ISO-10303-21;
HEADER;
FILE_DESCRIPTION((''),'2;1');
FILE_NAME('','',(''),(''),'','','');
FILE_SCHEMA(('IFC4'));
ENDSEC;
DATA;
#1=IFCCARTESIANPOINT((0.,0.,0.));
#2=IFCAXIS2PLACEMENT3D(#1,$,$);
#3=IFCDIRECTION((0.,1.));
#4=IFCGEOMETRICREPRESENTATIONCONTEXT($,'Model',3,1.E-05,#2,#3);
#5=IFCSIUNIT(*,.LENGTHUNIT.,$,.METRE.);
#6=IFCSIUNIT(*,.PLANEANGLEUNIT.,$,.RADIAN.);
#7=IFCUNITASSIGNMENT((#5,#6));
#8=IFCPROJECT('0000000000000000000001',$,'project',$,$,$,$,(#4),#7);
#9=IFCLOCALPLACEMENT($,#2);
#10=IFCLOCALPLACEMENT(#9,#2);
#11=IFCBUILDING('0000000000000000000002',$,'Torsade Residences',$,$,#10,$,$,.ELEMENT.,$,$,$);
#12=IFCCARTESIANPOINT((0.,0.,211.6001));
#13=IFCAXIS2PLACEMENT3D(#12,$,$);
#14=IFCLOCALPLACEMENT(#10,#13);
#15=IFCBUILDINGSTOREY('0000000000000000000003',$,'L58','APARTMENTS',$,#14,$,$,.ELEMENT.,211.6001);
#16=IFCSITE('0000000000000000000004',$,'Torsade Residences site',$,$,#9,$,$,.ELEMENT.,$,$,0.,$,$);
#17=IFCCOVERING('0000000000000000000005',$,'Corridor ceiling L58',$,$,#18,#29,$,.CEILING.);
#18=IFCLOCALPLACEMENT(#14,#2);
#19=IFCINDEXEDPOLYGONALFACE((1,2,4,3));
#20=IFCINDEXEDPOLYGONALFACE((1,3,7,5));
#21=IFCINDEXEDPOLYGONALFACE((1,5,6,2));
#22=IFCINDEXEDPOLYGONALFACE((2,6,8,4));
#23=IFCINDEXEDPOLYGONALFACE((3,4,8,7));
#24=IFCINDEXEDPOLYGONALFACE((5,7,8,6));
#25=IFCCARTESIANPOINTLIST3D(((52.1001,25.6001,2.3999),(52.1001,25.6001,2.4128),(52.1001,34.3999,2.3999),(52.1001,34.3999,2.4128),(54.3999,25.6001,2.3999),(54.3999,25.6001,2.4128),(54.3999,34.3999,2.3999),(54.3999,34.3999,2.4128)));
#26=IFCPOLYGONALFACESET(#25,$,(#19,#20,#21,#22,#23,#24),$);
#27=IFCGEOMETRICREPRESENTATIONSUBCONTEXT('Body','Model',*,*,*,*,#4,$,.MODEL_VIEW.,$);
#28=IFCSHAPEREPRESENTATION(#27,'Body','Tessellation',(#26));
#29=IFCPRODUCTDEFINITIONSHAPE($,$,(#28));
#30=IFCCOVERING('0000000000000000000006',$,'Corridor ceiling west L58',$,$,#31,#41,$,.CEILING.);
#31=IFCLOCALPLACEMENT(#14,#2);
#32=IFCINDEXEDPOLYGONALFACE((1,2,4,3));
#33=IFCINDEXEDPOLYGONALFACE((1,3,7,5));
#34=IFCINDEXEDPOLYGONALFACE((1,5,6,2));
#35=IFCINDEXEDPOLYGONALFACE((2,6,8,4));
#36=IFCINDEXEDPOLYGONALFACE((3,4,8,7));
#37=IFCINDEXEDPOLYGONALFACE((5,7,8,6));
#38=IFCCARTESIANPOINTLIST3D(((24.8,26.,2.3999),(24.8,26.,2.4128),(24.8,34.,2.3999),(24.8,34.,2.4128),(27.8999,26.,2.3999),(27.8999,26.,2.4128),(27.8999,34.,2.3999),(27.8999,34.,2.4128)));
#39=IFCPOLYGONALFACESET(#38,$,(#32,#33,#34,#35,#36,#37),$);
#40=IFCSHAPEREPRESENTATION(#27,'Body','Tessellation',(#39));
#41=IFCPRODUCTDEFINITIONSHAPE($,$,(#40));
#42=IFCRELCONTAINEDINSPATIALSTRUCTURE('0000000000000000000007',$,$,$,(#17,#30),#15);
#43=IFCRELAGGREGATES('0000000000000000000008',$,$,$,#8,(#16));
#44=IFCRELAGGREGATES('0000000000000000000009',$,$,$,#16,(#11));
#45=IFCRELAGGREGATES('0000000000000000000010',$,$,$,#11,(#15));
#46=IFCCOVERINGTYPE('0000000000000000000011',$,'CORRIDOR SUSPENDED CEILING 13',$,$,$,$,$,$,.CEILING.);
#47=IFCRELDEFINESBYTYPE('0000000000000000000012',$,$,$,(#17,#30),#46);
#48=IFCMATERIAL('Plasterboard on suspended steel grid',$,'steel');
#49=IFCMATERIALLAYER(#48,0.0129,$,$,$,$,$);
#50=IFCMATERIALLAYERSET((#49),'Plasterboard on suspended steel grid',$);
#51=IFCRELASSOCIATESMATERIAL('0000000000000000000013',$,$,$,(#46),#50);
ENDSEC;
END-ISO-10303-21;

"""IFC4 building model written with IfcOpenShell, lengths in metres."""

from ifc_helpers import new_model, si_unit, direction, frame, origin, place, context, subcontext, project, spatial, polyline, outline, extrude, material, layer, layer_set, type_object, element, save


model = new_model("IFC4")

# Units and contexts
model_context = context("Model", 3, precision=1e-05, world=origin(), true_north=direction((0.0, 1.0)))
body_context = subcontext(model_context, "Body", "Model", "MODEL_VIEW")
ifc_project = project(units=[si_unit("LENGTHUNIT", "METRE"), si_unit("PLANEANGLEUNIT", "RADIAN")], contexts=[model_context])

# Site, building, storey
site_placement = place(None, origin())
site = spatial("IfcSite", under=ifc_project, at=site_placement, Name="Torsade Residences site", CompositionType="ELEMENT", RefElevation=0.0)
building_placement = place(site_placement, origin())
building = spatial("IfcBuilding", under=site, at=building_placement, Name="Torsade Residences", CompositionType="ELEMENT")
storey_placement = place(building_placement, frame((0.0, 0.0, 211.6001)))
storey = spatial("IfcBuildingStorey", under=building, at=storey_placement, Name="L58", Description="APARTMENTS", CompositionType="ELEMENT", Elevation=211.6001)

# Coverings
ifc_material_1 = material(Name="Plasterboard on suspended steel grid", Category="steel")
ifc_layer_1 = layer(ifc_material_1, 0.0129)
ifc_layer_set_1 = layer_set([ifc_layer_1], Name="Plasterboard on suspended steel grid")
covering_type_1 = type_object("IfcCoveringType", Name="CORRIDOR SUSPENDED CEILING 13", PredefinedType="CEILING", material=ifc_layer_set_1)
covering_1_placement = place(storey_placement, frame((0.0, 0.0, 2.3999)))
element("IfcCovering", 1, at=covering_1_placement, inside=storey, type_object=covering_type_1, Name="Corridor ceiling L58", PredefinedType="CEILING", context=body_context, shape_type="SweptSolid", body=[
    extrude(outline(polyline([(54.3999, 25.6001), (54.3999, 34.3999), (52.1001, 34.3999), (52.1001, 25.6001), (54.3999, 25.6001)])), origin(), (0.0, 0.0, 1.0), 0.0129),
])
covering_2_placement = place(storey_placement, frame((0.0, 0.0, 2.3999)))
element("IfcCovering", 2, at=covering_2_placement, inside=storey, type_object=covering_type_1, Name="Corridor ceiling west L58", PredefinedType="CEILING", context=body_context, shape_type="SweptSolid", body=[
    extrude(outline(polyline([(27.8999, 26.0), (27.8999, 34.0), (24.8, 34.0), (24.8, 26.0), (27.8999, 26.0)])), origin(), (0.0, 0.0, 1.0), 0.0129),
])

save(model, "model.ifc")
